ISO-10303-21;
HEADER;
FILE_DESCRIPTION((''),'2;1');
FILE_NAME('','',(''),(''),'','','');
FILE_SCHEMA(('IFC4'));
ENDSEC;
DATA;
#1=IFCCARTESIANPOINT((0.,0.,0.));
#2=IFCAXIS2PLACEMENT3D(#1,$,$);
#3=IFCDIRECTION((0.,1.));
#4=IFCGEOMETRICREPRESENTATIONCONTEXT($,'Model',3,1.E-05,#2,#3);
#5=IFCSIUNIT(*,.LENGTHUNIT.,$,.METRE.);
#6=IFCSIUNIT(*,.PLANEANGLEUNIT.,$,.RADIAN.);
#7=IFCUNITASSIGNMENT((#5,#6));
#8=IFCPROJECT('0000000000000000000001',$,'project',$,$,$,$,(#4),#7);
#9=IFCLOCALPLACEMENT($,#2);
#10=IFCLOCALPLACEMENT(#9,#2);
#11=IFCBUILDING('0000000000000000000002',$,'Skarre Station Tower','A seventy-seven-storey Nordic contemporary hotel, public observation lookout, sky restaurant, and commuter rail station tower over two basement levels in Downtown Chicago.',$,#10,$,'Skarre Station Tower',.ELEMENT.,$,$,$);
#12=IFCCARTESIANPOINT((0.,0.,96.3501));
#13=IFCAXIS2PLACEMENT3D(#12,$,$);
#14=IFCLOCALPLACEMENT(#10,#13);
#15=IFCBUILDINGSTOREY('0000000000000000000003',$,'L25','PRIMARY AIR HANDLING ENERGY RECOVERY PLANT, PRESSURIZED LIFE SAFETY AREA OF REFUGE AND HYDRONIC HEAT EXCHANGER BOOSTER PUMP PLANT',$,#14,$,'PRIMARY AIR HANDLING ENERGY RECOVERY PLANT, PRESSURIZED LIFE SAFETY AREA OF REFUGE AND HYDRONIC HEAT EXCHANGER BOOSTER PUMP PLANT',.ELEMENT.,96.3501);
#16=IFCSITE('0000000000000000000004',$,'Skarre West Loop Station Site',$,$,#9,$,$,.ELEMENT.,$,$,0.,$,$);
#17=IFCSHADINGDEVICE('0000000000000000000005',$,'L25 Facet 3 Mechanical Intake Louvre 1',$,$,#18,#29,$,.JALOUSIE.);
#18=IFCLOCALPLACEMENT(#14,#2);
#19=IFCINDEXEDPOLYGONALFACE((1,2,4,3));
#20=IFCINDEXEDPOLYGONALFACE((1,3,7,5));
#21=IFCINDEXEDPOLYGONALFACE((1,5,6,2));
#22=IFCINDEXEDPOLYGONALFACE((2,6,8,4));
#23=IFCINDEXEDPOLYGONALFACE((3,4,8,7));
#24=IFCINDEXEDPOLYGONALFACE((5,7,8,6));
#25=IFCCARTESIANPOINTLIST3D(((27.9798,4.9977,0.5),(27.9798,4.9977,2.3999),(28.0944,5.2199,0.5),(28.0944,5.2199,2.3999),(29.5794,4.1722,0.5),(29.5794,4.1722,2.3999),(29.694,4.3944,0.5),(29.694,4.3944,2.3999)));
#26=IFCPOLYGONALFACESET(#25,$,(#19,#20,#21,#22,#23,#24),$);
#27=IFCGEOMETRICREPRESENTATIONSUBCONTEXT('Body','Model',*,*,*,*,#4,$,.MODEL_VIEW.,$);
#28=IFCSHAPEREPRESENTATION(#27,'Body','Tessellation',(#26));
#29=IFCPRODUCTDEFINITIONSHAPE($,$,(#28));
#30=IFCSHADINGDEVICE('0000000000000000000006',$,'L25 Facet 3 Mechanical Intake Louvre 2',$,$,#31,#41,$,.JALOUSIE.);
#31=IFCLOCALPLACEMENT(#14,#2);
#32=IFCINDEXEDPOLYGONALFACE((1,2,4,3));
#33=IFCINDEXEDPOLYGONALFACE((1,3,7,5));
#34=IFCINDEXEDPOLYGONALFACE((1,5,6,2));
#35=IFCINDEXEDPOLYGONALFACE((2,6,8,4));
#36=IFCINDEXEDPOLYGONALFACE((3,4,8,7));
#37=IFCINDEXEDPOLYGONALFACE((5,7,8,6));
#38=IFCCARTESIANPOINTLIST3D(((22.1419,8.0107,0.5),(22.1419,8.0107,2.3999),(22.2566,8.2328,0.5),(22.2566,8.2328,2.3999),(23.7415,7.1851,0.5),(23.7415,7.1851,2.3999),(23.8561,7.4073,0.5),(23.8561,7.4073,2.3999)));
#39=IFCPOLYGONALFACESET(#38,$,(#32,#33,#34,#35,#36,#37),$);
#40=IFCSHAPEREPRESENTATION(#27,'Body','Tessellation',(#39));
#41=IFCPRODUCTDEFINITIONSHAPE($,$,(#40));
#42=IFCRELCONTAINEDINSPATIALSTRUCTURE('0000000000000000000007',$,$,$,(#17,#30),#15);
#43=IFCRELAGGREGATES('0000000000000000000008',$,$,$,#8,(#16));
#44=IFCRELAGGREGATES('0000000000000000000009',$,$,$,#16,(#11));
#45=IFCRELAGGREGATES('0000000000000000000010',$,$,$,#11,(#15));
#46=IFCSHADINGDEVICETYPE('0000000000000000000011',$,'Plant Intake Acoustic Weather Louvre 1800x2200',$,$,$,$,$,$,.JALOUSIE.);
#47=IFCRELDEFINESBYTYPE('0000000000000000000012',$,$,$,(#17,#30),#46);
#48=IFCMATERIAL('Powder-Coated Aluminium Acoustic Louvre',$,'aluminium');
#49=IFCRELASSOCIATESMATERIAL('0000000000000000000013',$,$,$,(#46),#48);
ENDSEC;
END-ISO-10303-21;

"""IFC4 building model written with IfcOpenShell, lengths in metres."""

from ifc_helpers import new_model, si_unit, direction, frame, origin, origin_2d, place, context, subcontext, project, spatial, rectangle, extrude, material, type_object, element, save


model = new_model("IFC4")

# Units and contexts
model_context = context("Model", 3, precision=1e-05, world=origin(), true_north=direction((0.0, 1.0)))
body_context = subcontext(model_context, "Body", "Model", "MODEL_VIEW")
ifc_project = project(units=[si_unit("LENGTHUNIT", "METRE"), si_unit("PLANEANGLEUNIT", "RADIAN")], contexts=[model_context])

# Site, building, storey
site_placement = place(None, origin())
site = spatial("IfcSite", under=ifc_project, at=site_placement, Name="Skarre West Loop Station Site", CompositionType="ELEMENT", RefElevation=0.0)
building_placement = place(site_placement, origin())
building = spatial("IfcBuilding", under=site, at=building_placement, Name="Skarre Station Tower", Description="A seventy-seven-storey Nordic contemporary hotel, public observation lookout, sky restaurant, and commuter rail station tower over two basement levels in Downtown Chicago.", LongName="Skarre Station Tower", CompositionType="ELEMENT")
storey_placement = place(building_placement, frame((0.0, 0.0, 96.3501)))
storey = spatial("IfcBuildingStorey", under=building, at=storey_placement, Name="L25", Description="PRIMARY AIR HANDLING ENERGY RECOVERY PLANT, PRESSURIZED LIFE SAFETY AREA OF REFUGE AND HYDRONIC HEAT EXCHANGER BOOSTER PUMP PLANT", LongName="PRIMARY AIR HANDLING ENERGY RECOVERY PLANT, PRESSURIZED LIFE SAFETY AREA OF REFUGE AND HYDRONIC HEAT EXCHANGER BOOSTER PUMP PLANT", CompositionType="ELEMENT", Elevation=96.3501)

# Shading devices
ifc_material_1 = material(Name="Powder-Coated Aluminium Acoustic Louvre", Category="aluminium")
shading_device_type = type_object("IfcShadingDeviceType", Name="Plant Intake Acoustic Weather Louvre 1800x2200", PredefinedType="JALOUSIE", material=ifc_material_1)
for number, where, z_axis, x_axis, name in (
    (1, (28.8369, 4.696, 0.5), (0.0, 0.0, 1.0), (-0.458619, -0.888633, 0.0), "L25 Facet 3 Mechanical Intake Louvre 1"),
    (2, (22.999, 7.709, 0.5), (0.0, 0.0, 1.0), (-0.458619, -0.888633, 0.0), "L25 Facet 3 Mechanical Intake Louvre 2"),
):
    element("IfcShadingDevice", number, at=place(storey_placement, frame(where, z_axis=z_axis, x_axis=x_axis)), inside=storey, type_object=shading_device_type, Name=name, PredefinedType="JALOUSIE", context=body_context, shape_type="SweptSolid", body=[
        extrude(rectangle(XDim=0.25, YDim=1.8, at=origin_2d()), origin(), (0.0, 0.0, 1.0), 1.8999),
    ])

save(model, "model.ifc")
